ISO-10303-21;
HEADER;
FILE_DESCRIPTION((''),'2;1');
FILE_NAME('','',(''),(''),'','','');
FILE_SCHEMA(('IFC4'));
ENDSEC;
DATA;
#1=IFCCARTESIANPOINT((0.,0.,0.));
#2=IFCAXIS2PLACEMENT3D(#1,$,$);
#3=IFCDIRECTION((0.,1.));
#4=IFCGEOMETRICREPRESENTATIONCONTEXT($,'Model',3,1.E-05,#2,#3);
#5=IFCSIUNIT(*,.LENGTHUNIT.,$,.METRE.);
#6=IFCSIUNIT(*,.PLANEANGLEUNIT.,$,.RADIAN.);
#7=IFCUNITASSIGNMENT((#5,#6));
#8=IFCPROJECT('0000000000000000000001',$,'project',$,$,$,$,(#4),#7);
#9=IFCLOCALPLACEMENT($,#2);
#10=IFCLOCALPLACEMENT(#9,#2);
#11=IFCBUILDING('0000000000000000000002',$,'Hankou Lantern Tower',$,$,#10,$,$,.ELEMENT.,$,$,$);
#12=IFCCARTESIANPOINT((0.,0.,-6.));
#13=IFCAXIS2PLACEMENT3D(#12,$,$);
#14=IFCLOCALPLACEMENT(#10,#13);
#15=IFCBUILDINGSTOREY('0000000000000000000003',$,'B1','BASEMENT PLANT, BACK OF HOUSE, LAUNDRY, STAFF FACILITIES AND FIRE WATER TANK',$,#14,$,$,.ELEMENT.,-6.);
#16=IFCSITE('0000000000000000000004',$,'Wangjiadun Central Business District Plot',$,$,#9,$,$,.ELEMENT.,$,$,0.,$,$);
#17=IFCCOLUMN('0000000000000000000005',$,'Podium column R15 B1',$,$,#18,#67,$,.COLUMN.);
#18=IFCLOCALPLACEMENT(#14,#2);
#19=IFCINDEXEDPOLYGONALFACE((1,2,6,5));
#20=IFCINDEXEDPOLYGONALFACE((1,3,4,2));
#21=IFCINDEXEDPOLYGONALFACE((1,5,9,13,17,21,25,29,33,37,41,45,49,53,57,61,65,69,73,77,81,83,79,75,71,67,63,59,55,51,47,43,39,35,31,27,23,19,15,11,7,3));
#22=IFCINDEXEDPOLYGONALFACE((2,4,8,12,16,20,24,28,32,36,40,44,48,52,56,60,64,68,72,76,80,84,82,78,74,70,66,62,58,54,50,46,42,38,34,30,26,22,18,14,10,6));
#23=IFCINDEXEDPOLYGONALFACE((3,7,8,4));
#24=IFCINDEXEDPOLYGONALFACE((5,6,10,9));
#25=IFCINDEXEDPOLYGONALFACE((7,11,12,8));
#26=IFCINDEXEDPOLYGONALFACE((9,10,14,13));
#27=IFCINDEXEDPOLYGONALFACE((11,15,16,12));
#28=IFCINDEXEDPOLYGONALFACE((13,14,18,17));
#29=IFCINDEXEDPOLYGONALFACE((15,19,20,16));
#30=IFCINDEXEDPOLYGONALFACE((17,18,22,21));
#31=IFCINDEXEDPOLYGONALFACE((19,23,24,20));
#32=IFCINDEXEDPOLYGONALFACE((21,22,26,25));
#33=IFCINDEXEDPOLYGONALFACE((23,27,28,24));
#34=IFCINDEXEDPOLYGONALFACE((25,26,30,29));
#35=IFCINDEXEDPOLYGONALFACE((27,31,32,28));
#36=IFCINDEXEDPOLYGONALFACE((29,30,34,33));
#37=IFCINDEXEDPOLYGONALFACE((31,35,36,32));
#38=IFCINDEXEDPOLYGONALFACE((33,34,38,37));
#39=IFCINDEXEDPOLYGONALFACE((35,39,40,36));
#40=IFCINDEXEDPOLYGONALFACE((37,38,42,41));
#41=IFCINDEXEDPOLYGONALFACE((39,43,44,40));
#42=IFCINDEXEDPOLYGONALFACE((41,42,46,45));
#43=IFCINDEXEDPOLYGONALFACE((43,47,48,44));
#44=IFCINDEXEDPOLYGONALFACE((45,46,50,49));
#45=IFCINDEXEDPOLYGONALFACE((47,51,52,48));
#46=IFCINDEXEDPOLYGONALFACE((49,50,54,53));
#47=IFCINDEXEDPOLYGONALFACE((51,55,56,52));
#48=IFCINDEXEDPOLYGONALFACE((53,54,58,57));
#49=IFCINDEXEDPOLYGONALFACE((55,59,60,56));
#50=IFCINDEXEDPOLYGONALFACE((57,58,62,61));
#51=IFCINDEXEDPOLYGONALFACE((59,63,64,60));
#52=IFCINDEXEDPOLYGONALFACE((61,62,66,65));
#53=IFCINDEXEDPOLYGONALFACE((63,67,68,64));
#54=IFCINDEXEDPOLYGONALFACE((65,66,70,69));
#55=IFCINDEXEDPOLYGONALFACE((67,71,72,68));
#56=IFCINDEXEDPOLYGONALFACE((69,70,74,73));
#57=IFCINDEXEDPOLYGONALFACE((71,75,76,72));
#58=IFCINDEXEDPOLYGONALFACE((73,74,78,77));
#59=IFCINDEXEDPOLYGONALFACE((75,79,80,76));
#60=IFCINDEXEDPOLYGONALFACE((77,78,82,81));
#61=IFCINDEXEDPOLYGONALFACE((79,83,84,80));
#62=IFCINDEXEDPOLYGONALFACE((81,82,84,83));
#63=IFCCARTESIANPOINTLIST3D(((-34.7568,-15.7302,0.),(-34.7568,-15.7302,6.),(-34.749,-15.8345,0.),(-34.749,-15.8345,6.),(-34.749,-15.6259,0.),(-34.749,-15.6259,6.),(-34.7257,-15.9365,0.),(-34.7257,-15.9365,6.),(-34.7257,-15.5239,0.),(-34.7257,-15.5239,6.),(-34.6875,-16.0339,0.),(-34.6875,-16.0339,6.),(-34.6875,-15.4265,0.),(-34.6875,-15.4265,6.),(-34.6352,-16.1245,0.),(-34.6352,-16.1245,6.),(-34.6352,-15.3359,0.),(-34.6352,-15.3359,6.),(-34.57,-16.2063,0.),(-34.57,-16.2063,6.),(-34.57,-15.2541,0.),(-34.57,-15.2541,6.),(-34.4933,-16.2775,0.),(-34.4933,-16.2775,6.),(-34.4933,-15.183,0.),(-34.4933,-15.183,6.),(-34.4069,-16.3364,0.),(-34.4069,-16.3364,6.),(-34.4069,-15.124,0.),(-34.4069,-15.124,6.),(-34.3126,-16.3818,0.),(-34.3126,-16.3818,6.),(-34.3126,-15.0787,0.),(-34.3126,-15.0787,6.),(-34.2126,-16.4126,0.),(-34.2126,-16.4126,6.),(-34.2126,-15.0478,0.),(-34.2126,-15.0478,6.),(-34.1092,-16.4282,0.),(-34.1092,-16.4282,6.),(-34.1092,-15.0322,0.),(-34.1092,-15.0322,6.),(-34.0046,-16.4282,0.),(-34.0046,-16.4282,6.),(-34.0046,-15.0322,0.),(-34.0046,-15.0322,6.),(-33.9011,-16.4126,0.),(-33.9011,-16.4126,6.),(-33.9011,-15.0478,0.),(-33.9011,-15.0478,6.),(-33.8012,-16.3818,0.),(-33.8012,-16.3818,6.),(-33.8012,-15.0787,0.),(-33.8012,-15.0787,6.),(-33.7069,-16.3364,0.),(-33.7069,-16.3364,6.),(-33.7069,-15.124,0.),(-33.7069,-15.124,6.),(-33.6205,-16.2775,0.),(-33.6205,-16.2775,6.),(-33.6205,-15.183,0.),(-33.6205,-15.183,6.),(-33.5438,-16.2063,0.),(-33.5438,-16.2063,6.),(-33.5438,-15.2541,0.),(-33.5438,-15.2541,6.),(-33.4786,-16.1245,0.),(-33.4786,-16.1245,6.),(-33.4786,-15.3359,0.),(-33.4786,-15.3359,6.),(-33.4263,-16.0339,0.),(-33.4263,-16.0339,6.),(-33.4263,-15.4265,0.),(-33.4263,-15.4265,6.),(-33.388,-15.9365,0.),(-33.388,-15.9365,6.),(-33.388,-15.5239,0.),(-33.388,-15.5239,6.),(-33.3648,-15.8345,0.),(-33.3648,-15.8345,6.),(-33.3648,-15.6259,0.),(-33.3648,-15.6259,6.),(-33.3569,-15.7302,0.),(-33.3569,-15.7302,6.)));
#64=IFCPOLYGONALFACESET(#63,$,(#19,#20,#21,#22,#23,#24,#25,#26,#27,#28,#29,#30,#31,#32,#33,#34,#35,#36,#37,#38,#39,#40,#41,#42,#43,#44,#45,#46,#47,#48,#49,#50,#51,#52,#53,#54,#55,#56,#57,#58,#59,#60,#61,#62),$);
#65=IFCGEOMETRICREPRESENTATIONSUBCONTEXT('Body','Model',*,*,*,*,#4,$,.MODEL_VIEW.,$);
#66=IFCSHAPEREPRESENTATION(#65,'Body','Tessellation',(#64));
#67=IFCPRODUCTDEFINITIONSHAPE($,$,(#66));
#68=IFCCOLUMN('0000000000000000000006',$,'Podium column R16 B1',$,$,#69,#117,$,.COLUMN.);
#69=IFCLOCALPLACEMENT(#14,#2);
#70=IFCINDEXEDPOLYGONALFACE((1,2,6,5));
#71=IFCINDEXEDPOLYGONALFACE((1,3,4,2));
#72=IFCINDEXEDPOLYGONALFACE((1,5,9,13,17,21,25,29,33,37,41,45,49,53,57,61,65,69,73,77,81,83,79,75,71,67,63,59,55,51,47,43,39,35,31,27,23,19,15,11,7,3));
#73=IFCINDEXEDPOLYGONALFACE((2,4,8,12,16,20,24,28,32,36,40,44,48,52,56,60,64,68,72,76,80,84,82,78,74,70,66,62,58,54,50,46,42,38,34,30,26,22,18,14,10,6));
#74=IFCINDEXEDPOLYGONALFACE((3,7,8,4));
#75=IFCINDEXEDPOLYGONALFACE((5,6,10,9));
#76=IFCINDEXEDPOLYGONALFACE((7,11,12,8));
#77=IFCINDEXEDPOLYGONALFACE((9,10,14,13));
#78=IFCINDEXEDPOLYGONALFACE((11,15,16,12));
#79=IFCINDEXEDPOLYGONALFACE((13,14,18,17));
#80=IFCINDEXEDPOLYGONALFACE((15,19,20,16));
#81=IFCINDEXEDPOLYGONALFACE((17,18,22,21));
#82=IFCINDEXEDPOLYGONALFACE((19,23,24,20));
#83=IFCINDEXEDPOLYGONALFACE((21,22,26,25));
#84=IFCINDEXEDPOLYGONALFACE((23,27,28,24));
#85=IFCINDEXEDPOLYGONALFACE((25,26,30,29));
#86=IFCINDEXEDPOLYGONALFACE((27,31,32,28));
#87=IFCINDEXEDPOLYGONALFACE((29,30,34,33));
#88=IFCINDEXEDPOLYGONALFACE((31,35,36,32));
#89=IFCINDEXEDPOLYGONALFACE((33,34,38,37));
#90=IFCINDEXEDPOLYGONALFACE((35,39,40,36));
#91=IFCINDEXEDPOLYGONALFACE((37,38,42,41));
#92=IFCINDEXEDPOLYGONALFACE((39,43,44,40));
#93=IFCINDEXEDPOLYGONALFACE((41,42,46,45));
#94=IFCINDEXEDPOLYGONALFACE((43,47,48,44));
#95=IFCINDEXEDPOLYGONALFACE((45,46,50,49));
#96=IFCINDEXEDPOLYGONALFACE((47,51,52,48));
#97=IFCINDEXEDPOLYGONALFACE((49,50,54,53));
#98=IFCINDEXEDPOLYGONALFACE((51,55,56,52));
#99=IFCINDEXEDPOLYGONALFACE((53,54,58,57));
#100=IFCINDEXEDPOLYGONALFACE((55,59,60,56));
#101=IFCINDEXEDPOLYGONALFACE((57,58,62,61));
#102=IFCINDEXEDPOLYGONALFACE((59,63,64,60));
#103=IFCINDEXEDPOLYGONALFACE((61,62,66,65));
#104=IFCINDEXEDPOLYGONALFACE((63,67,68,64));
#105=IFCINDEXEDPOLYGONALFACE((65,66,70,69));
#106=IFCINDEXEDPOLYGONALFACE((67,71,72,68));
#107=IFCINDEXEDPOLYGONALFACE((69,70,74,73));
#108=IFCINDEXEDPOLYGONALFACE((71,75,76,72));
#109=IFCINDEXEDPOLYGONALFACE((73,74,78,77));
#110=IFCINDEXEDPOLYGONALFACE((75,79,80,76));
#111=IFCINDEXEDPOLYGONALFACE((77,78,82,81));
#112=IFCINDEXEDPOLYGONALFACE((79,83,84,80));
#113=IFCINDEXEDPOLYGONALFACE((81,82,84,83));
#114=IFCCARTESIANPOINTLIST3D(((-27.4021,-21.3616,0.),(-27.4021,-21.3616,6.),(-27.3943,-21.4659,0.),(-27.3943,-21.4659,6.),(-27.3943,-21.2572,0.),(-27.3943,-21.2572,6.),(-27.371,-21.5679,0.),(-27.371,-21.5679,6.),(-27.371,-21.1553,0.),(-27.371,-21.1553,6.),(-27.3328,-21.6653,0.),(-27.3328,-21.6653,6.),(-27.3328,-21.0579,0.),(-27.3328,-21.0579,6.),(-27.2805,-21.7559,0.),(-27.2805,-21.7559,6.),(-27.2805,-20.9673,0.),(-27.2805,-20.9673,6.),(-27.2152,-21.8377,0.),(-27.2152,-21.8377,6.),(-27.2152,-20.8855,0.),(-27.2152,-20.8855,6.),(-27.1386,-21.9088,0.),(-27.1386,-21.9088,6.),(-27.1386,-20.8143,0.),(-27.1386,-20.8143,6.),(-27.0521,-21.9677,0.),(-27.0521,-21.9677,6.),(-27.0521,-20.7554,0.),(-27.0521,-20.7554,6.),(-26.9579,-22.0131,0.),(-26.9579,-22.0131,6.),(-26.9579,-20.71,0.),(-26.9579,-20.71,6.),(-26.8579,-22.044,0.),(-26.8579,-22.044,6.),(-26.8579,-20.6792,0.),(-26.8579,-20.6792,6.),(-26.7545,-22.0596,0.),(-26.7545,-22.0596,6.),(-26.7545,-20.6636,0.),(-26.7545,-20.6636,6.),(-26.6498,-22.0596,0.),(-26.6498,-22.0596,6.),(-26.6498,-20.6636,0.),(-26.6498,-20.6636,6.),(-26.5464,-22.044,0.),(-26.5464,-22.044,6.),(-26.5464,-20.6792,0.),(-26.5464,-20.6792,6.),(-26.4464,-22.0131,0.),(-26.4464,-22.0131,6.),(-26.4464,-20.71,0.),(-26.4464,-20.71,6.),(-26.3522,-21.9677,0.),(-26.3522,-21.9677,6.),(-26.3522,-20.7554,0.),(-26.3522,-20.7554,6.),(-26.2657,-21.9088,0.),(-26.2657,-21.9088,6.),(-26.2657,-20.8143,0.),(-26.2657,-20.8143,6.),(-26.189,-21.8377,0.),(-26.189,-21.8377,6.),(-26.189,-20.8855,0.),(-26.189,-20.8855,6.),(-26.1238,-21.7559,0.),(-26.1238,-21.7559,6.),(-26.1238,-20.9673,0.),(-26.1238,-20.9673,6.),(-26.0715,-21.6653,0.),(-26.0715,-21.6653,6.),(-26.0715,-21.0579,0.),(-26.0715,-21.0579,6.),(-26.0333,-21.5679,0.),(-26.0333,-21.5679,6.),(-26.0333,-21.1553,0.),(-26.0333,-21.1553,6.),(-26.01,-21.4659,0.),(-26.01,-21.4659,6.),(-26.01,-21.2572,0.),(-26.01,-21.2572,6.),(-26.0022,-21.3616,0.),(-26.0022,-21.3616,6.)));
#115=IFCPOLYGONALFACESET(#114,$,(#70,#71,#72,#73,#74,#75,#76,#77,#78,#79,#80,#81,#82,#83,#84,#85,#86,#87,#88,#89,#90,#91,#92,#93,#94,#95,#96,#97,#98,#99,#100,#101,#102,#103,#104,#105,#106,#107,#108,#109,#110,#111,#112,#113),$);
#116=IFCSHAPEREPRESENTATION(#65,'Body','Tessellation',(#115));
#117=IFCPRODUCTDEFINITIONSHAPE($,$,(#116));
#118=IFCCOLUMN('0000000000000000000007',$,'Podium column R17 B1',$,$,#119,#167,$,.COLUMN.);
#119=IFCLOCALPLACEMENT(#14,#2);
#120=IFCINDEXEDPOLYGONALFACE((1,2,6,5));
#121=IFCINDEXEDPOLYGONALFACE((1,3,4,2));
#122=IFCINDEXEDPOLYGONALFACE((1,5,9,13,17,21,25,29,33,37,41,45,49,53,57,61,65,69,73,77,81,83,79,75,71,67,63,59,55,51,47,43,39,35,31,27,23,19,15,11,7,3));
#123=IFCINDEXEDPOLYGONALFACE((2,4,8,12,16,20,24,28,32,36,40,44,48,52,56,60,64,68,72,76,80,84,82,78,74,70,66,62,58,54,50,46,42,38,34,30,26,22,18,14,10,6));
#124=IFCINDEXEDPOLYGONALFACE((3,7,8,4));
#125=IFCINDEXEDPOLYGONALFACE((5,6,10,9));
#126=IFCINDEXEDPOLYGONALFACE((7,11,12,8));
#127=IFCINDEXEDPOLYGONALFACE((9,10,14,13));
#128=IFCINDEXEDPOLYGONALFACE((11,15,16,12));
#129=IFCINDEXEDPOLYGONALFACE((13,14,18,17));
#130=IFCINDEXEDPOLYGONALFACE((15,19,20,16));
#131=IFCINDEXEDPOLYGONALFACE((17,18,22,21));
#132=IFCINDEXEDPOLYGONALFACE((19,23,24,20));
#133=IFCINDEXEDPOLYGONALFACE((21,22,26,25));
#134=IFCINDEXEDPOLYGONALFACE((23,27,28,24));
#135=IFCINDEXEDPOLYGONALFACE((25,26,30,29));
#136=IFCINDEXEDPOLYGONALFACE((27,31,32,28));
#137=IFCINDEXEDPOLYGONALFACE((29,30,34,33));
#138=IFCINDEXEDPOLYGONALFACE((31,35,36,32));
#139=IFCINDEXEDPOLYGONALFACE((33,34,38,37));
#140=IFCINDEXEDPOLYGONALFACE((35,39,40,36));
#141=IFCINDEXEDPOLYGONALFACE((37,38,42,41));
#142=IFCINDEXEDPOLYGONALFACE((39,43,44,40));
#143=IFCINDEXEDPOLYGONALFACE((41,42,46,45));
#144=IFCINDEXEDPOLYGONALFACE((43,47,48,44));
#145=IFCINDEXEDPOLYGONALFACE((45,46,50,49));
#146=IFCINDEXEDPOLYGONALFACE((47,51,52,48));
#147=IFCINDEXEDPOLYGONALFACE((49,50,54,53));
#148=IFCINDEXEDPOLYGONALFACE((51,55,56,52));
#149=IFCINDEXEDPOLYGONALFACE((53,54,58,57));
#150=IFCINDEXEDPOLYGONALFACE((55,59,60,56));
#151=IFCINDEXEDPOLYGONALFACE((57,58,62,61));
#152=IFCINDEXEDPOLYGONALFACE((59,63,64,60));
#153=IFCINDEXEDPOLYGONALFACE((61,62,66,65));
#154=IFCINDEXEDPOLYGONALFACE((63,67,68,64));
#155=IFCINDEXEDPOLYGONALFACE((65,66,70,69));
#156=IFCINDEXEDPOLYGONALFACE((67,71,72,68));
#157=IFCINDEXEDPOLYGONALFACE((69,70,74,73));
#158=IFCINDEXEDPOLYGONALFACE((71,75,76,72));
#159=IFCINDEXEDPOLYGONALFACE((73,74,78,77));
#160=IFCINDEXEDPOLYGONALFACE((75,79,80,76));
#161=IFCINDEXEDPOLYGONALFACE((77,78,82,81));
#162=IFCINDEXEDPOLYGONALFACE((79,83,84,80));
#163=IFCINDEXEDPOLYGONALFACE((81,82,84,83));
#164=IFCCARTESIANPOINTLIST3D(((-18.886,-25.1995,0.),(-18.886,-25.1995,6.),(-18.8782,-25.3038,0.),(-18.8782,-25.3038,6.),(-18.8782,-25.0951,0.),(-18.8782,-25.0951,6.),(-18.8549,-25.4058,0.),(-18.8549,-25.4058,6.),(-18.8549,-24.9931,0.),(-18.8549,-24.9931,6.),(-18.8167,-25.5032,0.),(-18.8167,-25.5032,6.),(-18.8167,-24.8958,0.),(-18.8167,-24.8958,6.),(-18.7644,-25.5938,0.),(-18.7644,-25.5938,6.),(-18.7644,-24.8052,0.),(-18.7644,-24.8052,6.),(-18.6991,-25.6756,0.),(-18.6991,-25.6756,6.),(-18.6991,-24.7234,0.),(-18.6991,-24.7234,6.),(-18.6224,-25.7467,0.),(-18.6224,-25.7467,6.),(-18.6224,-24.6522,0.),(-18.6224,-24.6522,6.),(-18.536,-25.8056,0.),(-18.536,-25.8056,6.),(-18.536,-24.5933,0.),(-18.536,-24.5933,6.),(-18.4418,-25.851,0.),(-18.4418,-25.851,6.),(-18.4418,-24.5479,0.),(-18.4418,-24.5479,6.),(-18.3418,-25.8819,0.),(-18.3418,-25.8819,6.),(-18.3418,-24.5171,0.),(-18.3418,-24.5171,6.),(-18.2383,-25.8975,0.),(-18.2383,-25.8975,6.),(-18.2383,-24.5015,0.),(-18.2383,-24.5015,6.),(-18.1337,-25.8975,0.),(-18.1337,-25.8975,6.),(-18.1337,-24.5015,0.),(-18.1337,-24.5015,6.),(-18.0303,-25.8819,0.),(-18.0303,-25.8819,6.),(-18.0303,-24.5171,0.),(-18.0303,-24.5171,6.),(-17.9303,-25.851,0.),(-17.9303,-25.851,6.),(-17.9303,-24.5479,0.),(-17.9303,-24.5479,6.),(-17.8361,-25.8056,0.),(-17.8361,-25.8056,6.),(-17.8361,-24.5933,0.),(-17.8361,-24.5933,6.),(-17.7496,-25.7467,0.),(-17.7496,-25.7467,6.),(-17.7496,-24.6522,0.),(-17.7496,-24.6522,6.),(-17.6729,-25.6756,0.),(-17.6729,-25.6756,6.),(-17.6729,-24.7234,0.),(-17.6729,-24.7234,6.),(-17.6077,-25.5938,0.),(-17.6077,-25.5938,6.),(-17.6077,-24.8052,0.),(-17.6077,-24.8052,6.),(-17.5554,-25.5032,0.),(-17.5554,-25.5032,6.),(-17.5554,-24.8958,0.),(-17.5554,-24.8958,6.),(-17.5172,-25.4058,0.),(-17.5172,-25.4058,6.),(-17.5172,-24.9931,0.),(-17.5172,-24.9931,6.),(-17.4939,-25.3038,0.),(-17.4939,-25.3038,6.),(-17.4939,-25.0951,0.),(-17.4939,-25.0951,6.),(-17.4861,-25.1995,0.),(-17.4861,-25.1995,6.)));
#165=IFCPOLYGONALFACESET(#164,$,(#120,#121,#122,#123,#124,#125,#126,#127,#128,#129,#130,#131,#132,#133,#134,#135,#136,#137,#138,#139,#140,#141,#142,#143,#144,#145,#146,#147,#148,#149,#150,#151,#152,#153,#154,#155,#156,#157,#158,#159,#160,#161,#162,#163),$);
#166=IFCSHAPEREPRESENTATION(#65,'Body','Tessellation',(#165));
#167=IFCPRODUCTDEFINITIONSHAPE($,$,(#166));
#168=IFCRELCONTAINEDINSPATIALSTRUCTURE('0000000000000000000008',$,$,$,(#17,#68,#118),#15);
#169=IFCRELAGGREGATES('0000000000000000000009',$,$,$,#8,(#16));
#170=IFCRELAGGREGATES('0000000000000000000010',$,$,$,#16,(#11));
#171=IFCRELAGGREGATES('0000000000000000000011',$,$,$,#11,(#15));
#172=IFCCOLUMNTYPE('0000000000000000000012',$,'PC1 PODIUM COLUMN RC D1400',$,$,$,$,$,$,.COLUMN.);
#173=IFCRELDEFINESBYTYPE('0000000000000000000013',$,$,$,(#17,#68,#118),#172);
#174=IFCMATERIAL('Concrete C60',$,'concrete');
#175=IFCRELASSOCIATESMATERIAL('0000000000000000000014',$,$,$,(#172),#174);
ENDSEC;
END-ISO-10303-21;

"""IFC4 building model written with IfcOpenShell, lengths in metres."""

from ifc_helpers import new_model, si_unit, direction, frame, origin, origin_2d, place, context, subcontext, project, spatial, circle, extrude, material, material_profile, profile_set, type_object, element, save


model = new_model("IFC4")

# Units and contexts
model_context = context("Model", 3, precision=1e-05, world=origin(), true_north=direction((0.0, 1.0)))
body_context = subcontext(model_context, "Body", "Model", "MODEL_VIEW")
ifc_project = project(units=[si_unit("LENGTHUNIT", "METRE"), si_unit("PLANEANGLEUNIT", "RADIAN")], contexts=[model_context])

# Site, building, storey
site_placement = place(None, origin())
site = spatial("IfcSite", under=ifc_project, at=site_placement, Name="Wangjiadun Central Business District Plot", CompositionType="ELEMENT", RefElevation=0.0)
building_placement = place(site_placement, origin())
building = spatial("IfcBuilding", under=site, at=building_placement, Name="Hankou Lantern Tower", CompositionType="ELEMENT")
storey_placement = place(building_placement, frame((0.0, 0.0, -6.0)))
storey = spatial("IfcBuildingStorey", under=building, at=storey_placement, Name="B1", Description="BASEMENT PLANT, BACK OF HOUSE, LAUNDRY, STAFF FACILITIES AND FIRE WATER TANK", CompositionType="ELEMENT", Elevation=-6.0)

# Columns
ifc_material_1 = material(Name="Concrete C60", Category="concrete")
ifc_material_profile_1 = material_profile(ifc_material_1, circle(Radius=0.7, at=origin_2d()), Name="RC D1400")
ifc_profile_set_1 = profile_set([ifc_material_profile_1], Name="Concrete C60")
column_type_1 = type_object("IfcColumnType", Name="PC1 PODIUM COLUMN RC D1400", PredefinedType="COLUMN", material=ifc_profile_set_1)
for number, where, z_axis, x_axis, name in (
    (1, (-34.0569, -15.7302, 0.0), (0.0, 0.0, 1.0), (1.0, 0.0, 0.0), "Podium column R15 B1"),
    (2, (-26.7021, -21.3616, 0.0), (0.0, 0.0, 1.0), (1.0, 0.0, 0.0), "Podium column R16 B1"),
    (3, (-18.186, -25.1995, 0.0), (0.0, 0.0, 1.0), (1.0, 0.0, 0.0), "Podium column R17 B1"),
):
    element("IfcColumn", number, at=place(storey_placement, frame(where, z_axis=z_axis, x_axis=x_axis)), inside=storey, type_object=column_type_1, Name=name, PredefinedType="COLUMN", context=body_context, shape_type="SweptSolid", body=[
        extrude(circle(Radius=0.7, at=origin_2d()), origin(), (0.0, 0.0, 1.0), 6.0),
    ])

save(model, "model.ifc")
